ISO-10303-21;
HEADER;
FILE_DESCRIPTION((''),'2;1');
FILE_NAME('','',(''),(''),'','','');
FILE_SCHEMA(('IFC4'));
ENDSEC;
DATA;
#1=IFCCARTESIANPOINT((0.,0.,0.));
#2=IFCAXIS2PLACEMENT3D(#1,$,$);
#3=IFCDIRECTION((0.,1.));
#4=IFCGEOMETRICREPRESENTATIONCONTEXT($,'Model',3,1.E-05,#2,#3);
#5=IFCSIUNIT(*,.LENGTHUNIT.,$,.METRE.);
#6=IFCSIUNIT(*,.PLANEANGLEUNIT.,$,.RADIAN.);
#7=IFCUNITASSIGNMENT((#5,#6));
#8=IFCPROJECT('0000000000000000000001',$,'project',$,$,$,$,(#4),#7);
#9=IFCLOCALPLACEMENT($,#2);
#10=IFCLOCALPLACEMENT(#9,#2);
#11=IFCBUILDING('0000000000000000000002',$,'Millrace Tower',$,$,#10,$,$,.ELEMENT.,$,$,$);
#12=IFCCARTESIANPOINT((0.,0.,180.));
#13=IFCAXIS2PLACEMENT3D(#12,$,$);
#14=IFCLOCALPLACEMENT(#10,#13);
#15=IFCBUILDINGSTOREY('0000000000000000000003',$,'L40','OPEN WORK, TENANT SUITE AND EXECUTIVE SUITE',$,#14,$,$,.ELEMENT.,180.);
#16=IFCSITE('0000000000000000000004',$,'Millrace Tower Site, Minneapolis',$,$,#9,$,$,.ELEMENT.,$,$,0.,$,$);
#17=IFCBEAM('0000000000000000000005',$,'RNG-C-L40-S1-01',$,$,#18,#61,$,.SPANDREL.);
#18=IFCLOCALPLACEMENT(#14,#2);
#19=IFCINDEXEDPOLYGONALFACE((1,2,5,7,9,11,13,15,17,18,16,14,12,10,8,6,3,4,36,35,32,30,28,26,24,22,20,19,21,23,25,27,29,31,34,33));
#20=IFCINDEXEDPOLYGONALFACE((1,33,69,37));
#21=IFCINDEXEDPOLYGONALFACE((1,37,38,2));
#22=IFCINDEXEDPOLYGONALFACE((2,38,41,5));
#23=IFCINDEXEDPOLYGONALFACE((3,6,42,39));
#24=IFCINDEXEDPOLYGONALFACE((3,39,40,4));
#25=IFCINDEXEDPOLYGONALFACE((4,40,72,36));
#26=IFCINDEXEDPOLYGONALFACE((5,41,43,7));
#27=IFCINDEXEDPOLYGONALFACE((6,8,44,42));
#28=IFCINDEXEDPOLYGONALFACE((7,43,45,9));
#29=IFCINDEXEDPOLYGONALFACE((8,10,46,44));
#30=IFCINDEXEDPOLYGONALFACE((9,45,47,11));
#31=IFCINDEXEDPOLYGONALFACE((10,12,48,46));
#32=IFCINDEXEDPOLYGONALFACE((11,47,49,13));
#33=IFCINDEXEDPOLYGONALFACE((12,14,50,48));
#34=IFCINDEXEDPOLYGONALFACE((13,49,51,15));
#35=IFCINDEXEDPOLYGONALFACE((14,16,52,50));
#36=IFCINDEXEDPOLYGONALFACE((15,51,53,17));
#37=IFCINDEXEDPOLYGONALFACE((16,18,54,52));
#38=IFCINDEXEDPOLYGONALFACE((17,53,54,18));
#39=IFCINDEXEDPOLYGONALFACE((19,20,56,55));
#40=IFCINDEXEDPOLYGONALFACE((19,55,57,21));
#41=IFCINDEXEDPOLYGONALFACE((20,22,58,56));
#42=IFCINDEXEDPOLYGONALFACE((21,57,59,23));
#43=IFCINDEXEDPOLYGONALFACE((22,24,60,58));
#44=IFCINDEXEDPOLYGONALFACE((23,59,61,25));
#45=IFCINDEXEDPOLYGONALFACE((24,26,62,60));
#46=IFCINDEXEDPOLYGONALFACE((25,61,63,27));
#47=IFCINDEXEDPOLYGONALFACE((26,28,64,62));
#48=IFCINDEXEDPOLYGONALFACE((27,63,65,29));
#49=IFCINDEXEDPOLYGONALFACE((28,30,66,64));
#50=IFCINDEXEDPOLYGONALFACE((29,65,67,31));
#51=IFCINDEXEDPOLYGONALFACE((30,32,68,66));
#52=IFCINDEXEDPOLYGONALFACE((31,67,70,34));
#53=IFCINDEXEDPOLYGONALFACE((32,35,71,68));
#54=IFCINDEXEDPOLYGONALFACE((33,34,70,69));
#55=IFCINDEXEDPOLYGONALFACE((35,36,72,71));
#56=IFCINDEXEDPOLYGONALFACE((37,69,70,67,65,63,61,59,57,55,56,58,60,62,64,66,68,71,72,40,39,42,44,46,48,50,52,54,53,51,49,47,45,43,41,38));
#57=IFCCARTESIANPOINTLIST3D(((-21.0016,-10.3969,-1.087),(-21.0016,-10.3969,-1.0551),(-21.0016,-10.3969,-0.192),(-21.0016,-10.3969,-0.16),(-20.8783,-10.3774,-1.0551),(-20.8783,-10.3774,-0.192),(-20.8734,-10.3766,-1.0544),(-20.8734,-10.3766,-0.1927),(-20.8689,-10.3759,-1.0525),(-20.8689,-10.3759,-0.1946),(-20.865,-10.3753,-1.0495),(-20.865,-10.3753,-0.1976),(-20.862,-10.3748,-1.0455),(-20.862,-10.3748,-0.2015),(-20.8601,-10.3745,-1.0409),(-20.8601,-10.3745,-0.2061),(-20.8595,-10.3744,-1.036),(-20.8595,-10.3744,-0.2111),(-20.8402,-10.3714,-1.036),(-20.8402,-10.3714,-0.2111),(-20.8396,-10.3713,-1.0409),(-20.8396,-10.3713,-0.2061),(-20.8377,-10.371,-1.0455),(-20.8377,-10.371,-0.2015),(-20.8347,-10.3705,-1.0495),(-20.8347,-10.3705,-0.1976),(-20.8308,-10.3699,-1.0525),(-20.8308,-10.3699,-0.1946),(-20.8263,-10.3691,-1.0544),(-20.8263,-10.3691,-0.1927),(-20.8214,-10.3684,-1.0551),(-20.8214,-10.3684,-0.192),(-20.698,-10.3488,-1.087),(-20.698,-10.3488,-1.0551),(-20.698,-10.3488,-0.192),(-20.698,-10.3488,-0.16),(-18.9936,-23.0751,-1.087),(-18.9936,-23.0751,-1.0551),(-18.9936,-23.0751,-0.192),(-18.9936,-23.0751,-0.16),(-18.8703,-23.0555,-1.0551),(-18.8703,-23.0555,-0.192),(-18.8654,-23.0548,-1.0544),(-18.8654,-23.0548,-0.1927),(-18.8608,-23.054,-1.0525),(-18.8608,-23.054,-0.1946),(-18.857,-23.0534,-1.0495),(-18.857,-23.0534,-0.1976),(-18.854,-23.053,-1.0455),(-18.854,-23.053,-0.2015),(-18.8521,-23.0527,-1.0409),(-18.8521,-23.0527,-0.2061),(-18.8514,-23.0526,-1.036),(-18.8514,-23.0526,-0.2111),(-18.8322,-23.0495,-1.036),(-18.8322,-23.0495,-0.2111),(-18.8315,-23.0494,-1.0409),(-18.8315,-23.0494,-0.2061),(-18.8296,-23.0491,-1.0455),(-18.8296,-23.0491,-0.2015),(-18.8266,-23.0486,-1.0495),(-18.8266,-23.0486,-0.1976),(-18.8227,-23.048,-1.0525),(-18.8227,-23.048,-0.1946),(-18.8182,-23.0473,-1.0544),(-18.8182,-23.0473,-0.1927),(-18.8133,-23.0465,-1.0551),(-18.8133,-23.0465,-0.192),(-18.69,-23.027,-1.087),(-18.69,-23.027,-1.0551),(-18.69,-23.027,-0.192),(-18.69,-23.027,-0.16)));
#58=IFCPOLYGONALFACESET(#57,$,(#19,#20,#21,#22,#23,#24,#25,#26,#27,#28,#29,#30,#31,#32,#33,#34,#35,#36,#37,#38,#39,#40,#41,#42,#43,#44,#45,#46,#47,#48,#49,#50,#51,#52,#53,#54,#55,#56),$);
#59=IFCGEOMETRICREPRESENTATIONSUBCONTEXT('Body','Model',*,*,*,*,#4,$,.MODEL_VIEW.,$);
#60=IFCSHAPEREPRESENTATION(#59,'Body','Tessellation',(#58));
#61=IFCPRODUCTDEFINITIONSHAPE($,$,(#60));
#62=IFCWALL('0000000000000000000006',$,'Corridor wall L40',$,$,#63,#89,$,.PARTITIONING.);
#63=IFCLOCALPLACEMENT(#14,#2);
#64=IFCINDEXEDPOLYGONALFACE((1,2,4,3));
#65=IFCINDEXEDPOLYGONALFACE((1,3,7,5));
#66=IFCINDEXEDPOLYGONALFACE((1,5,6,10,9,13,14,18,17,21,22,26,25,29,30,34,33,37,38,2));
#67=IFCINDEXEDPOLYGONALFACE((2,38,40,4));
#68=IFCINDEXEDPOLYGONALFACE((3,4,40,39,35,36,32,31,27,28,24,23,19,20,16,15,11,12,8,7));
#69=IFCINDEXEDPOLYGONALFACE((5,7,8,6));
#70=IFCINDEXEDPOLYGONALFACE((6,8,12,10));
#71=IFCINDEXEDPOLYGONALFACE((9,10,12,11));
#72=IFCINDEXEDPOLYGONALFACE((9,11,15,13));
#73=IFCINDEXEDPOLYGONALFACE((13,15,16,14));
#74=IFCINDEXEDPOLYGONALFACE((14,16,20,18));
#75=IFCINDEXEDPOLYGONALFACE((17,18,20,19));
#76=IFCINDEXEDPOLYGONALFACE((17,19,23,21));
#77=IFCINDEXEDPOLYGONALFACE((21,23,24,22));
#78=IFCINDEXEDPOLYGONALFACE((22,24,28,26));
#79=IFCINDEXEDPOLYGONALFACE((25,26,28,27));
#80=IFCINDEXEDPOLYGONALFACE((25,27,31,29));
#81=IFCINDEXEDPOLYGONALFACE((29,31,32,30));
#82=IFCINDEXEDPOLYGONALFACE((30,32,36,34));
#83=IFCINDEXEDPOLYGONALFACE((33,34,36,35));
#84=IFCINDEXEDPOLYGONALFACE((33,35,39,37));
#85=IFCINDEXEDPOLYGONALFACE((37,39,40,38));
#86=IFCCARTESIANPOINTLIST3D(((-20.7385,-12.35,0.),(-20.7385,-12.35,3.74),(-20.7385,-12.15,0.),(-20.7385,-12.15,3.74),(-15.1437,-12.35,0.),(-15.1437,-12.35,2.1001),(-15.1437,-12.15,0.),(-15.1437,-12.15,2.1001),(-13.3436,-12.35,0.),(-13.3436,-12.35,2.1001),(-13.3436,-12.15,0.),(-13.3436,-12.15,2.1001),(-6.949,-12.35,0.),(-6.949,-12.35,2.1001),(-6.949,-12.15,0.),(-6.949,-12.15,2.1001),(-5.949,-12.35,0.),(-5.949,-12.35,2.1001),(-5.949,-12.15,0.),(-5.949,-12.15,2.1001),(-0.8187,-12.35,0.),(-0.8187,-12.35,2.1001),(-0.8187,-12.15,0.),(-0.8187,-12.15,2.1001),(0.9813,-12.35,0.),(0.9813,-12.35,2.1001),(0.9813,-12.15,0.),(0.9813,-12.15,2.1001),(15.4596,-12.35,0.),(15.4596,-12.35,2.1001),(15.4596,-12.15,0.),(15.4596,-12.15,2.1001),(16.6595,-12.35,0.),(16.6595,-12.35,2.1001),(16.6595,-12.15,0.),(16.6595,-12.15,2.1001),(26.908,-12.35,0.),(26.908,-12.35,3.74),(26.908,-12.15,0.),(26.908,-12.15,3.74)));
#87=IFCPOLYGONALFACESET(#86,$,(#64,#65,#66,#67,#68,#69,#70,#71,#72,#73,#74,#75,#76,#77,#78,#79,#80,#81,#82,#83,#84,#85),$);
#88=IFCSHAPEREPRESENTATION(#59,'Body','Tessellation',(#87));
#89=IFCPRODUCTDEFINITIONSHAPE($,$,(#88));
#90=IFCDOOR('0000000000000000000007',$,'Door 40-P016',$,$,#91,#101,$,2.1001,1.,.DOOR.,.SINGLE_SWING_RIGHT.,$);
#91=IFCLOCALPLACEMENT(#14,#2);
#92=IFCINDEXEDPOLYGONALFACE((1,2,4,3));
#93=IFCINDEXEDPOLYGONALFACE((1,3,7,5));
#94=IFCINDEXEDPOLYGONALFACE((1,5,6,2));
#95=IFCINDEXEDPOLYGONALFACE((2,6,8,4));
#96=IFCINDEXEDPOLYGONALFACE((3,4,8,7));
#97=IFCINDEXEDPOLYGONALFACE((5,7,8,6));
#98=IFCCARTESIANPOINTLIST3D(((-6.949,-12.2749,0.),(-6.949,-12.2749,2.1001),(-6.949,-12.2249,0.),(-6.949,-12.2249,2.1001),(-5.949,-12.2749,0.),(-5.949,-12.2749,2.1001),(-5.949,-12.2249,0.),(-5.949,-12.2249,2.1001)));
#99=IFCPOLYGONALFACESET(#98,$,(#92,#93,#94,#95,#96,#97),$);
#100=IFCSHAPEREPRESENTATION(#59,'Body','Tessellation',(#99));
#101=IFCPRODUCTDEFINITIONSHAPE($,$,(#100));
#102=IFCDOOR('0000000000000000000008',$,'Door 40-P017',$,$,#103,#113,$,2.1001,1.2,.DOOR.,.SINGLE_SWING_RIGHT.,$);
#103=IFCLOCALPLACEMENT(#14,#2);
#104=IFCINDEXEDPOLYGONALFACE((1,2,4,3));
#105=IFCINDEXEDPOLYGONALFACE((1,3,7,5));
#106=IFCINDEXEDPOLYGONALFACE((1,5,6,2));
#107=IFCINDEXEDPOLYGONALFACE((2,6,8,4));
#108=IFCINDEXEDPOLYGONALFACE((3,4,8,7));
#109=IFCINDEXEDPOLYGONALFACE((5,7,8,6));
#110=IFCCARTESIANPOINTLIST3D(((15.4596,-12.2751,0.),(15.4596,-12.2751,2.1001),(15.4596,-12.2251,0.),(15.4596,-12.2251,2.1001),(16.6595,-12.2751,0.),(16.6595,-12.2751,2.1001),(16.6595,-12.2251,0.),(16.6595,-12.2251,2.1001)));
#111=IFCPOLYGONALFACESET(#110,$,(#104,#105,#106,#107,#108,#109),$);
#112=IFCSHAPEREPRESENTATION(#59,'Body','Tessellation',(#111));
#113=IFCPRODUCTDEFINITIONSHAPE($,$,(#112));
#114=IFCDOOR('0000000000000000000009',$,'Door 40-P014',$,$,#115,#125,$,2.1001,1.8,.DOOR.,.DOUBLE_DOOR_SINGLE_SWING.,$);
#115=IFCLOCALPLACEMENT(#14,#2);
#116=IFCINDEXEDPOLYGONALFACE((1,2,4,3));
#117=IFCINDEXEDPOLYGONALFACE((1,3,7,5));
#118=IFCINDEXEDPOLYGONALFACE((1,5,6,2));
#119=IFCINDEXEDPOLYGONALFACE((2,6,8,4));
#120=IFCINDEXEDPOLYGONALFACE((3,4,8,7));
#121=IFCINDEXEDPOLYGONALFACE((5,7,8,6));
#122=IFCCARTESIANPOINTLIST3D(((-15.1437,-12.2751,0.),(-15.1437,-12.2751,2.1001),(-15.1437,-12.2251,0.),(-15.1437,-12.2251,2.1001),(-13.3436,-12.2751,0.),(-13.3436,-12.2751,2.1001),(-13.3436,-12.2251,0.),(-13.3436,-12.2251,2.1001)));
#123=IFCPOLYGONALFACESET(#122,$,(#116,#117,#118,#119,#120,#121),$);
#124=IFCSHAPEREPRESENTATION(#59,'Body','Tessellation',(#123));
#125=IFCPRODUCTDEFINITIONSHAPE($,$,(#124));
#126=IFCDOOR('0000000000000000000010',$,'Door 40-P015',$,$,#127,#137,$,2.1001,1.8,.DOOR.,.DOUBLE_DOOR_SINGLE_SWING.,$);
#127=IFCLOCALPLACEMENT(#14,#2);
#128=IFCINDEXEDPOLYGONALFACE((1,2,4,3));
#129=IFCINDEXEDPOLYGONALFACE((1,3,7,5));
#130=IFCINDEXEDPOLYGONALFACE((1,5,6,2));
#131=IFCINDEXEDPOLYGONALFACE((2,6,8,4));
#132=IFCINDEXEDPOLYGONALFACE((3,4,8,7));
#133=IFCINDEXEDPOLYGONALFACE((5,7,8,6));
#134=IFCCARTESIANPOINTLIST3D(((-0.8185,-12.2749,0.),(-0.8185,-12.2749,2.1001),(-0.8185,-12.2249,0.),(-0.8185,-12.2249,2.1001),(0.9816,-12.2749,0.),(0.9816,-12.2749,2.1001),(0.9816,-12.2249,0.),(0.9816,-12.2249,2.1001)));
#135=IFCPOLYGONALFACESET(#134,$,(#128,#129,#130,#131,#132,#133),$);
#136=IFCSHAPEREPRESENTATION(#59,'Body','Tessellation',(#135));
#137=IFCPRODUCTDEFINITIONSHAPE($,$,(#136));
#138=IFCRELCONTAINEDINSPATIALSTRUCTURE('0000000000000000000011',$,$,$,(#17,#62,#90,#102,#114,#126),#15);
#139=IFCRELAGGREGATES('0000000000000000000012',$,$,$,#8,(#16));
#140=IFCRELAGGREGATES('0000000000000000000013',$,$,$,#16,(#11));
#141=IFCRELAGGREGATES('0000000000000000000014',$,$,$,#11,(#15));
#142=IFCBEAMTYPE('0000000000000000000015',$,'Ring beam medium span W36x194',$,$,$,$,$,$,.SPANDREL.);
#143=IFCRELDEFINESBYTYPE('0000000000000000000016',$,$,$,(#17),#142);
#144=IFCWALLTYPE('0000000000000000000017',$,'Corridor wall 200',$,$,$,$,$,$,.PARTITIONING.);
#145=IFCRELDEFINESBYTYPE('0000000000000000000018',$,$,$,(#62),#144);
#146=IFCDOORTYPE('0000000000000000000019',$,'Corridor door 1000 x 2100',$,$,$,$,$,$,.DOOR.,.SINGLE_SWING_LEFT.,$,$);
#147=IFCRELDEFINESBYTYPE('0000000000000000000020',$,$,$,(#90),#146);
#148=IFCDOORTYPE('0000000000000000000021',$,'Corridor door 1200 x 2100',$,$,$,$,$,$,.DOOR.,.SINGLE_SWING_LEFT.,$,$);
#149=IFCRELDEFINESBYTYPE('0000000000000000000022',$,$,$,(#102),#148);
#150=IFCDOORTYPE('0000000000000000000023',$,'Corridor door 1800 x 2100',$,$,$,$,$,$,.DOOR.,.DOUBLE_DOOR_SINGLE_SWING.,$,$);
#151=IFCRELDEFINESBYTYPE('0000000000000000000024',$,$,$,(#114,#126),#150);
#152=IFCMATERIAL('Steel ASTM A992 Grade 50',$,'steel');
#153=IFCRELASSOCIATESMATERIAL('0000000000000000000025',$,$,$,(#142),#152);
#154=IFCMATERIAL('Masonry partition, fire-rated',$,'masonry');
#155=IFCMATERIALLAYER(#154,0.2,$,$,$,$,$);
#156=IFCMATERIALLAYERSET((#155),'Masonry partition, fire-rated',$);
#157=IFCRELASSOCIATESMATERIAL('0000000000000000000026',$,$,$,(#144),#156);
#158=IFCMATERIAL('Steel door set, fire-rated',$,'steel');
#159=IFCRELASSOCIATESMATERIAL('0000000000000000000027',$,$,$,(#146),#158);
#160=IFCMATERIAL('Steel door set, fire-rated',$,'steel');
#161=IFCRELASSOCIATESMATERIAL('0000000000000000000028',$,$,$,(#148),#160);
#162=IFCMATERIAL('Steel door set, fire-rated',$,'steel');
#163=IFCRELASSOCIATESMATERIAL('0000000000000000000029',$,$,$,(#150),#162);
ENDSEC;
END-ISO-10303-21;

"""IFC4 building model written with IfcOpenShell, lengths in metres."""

from ifc_helpers import new_model, si_unit, direction, frame, frame_2d, origin, origin_2d, place, context, subcontext, project, spatial, rectangle, i_section, extrude, material, layer, layer_set, material_profile, profile_set, type_object, element, fill, save


model = new_model("IFC4")

# Units and contexts
model_context = context("Model", 3, precision=1e-05, world=origin(), true_north=direction((0.0, 1.0)))
body_context = subcontext(model_context, "Body", "Model", "MODEL_VIEW")
ifc_project = project(units=[si_unit("LENGTHUNIT", "METRE"), si_unit("PLANEANGLEUNIT", "RADIAN")], contexts=[model_context])

# Site, building, storey
site_placement = place(None, origin())
site = spatial("IfcSite", under=ifc_project, at=site_placement, Name="Millrace Tower Site, Minneapolis", CompositionType="ELEMENT", RefElevation=0.0)
building_placement = place(site_placement, origin())
building = spatial("IfcBuilding", under=site, at=building_placement, Name="Millrace Tower", CompositionType="ELEMENT")
storey_placement = place(building_placement, frame((0.0, 0.0, 180.0)))
storey = spatial("IfcBuildingStorey", under=building, at=storey_placement, Name="L40", Description="OPEN WORK, TENANT SUITE AND EXECUTIVE SUITE", CompositionType="ELEMENT", Elevation=180.0)

# Beam
ifc_material_1 = material(Name="Steel ASTM A992 Grade 50", Category="steel")
ifc_material_profile_1 = material_profile(ifc_material_1, i_section(OverallWidth=0.3074, OverallDepth=0.927, WebThickness=0.0195, FlangeThickness=0.032, FilletRadius=0.019, at=origin_2d()))
ifc_profile_set_1 = profile_set([ifc_material_profile_1], Name="Steel ASTM A992 Grade 50")
beam_type_1 = type_object("IfcBeamType", Name="Ring beam medium span W36x194", PredefinedType="SPANDREL", material=ifc_profile_set_1)
beam_1_placement = place(storey_placement, frame((-18.8418, -23.051, -0.6235), z_axis=(-0.156436, 0.987688, 0.0), x_axis=(-0.987688, -0.156436, 0.0)))
element("IfcBeam", 1, at=beam_1_placement, inside=storey, type_object=beam_type_1, Name="RNG-C-L40-S1-01", PredefinedType="SPANDREL", context=body_context, shape_type="SweptSolid", body=[
    extrude(i_section(OverallWidth=0.3074, OverallDepth=0.927, WebThickness=0.0195, FlangeThickness=0.032, FilletRadius=0.019, at=origin_2d()), origin(), (0.0, 0.0, 1.0), 12.8362),
])

# Wall, openings, doors
ifc_material_2 = material(Name="Masonry partition, fire-rated", Category="masonry")
ifc_layer_1 = layer(ifc_material_2, 0.2)
ifc_layer_set_1 = layer_set([ifc_layer_1], Name="Masonry partition, fire-rated")
wall_type = type_object("IfcWallType", Name="Corridor wall 200", PredefinedType="PARTITIONING", material=ifc_layer_set_1)
wall_placement = place(storey_placement, frame((-20.7385, -12.25, 0.0), z_axis=(0.0, 0.0, 1.0), x_axis=(1.0, 0.0, 0.0)))
wall = element("IfcWall", 2, at=wall_placement, inside=storey, type_object=wall_type, Name="Corridor wall L40", PredefinedType="PARTITIONING", context=body_context, shape_type="SweptSolid", body=[
    extrude(rectangle(XDim=47.6465, YDim=0.2, at=frame_2d((23.8232, 0.0))), origin(), (0.0, 0.0, 1.0), 3.74),
])
opening_1_placement = place(wall_placement, frame((5.595, 0.0, 0.0)))
opening_1 = element("IfcOpeningElement", 3, at=opening_1_placement, cuts=wall, PredefinedType="OPENING", context=body_context, shape_type="SweptSolid", body=[
    extrude(rectangle(XDim=1.8, YDim=2.1001, at=frame_2d((0.8999, 1.05))), frame((0.0, 0.1099, 0.0), z_axis=(0.0, -1.0, 0.0), x_axis=(1.0, 0.0, 0.0)), (0.0, 0.0, 1.0), 0.22),
])
opening_2_placement = place(wall_placement, frame((19.9199, 0.0, 0.0)))
opening_2 = element("IfcOpeningElement", 4, at=opening_2_placement, cuts=wall, PredefinedType="OPENING", context=body_context, shape_type="SweptSolid", body=[
    extrude(rectangle(XDim=1.8, YDim=2.1001, at=frame_2d((0.8999, 1.05))), frame((0.0, 0.1099, 0.0), z_axis=(0.0, -1.0, 0.0), x_axis=(1.0, 0.0, 0.0)), (0.0, 0.0, 1.0), 0.22),
])
opening_3_placement = place(wall_placement, frame((13.7896, 0.0, 0.0)))
opening_3 = element("IfcOpeningElement", 5, at=opening_3_placement, cuts=wall, PredefinedType="OPENING", context=body_context, shape_type="SweptSolid", body=[
    extrude(rectangle(XDim=1.0, YDim=2.1001, at=frame_2d((0.5, 1.05))), frame((0.0, 0.1099, 0.0), z_axis=(0.0, -1.0, 0.0), x_axis=(1.0, 0.0, 0.0)), (0.0, 0.0, 1.0), 0.22),
])
opening_4_placement = place(wall_placement, frame((36.198, 0.0, 0.0)))
opening_4 = element("IfcOpeningElement", 6, at=opening_4_placement, cuts=wall, PredefinedType="OPENING", context=body_context, shape_type="SweptSolid", body=[
    extrude(rectangle(XDim=1.2, YDim=2.1001, at=frame_2d((0.6001, 1.05))), frame((0.0, 0.1099, 0.0), z_axis=(0.0, -1.0, 0.0), x_axis=(1.0, 0.0, 0.0)), (0.0, 0.0, 1.0), 0.22),
])
ifc_material_3 = material(Name="Steel door set, fire-rated", Category="steel")
door_type_1 = type_object("IfcDoorType", Name="Corridor door 1000 x 2100", OperationType="SINGLE_SWING_LEFT", PredefinedType="DOOR", material=ifc_material_3)
door_1_placement = place(opening_3_placement, frame((1.0, 0.0, 0.0), z_axis=(0.0, 0.0, 1.0), x_axis=(-1.0, 0.0, 0.0)))
door_1 = element("IfcDoor", 7, at=door_1_placement, inside=storey, type_object=door_type_1, Name="Door 40-P016", OperationType="SINGLE_SWING_RIGHT", OverallHeight=2.1001, OverallWidth=1.0, PredefinedType="DOOR", context=body_context, shape_type="SweptSolid", body=[
    extrude(rectangle(XDim=1.0, YDim=2.1001, at=frame_2d((0.5, 1.05))), frame((0.0, 0.0249, 0.0), z_axis=(0.0, -1.0, 0.0), x_axis=(1.0, 0.0, 0.0)), (0.0, 0.0, 1.0), 0.05),
])
fill(opening_3, door_1)
ifc_material_4 = material(Name="Steel door set, fire-rated", Category="steel")
door_type_2 = type_object("IfcDoorType", Name="Corridor door 1200 x 2100", OperationType="SINGLE_SWING_LEFT", PredefinedType="DOOR", material=ifc_material_4)
door_2_placement = place(opening_4_placement, origin())
door_2 = element("IfcDoor", 8, at=door_2_placement, inside=storey, type_object=door_type_2, Name="Door 40-P017", OperationType="SINGLE_SWING_RIGHT", OverallHeight=2.1001, OverallWidth=1.2, PredefinedType="DOOR", context=body_context, shape_type="SweptSolid", body=[
    extrude(rectangle(XDim=1.2, YDim=2.1001, at=frame_2d((0.6001, 1.05))), frame((0.0, 0.0249, 0.0), z_axis=(0.0, -1.0, 0.0), x_axis=(1.0, 0.0, 0.0)), (0.0, 0.0, 1.0), 0.05),
])
fill(opening_4, door_2)
ifc_material_5 = material(Name="Steel door set, fire-rated", Category="steel")
door_type_3 = type_object("IfcDoorType", Name="Corridor door 1800 x 2100", OperationType="DOUBLE_DOOR_SINGLE_SWING", PredefinedType="DOOR", material=ifc_material_5)
door_3_placement = place(opening_1_placement, origin())
door_3 = element("IfcDoor", 9, at=door_3_placement, inside=storey, type_object=door_type_3, Name="Door 40-P014", OperationType="DOUBLE_DOOR_SINGLE_SWING", OverallHeight=2.1001, OverallWidth=1.8, PredefinedType="DOOR", context=body_context, shape_type="SweptSolid", body=[
    extrude(rectangle(XDim=1.8, YDim=2.1001, at=frame_2d((0.8999, 1.05))), frame((0.0, 0.0249, 0.0), z_axis=(0.0, -1.0, 0.0), x_axis=(1.0, 0.0, 0.0)), (0.0, 0.0, 1.0), 0.05),
])
fill(opening_1, door_3)
door_4_placement = place(opening_2_placement, frame((1.8, 0.0, 0.0), z_axis=(0.0, 0.0, 1.0), x_axis=(-1.0, 0.0, 0.0)))
door_4 = element("IfcDoor", 10, at=door_4_placement, inside=storey, type_object=door_type_3, Name="Door 40-P015", OperationType="DOUBLE_DOOR_SINGLE_SWING", OverallHeight=2.1001, OverallWidth=1.8, PredefinedType="DOOR", context=body_context, shape_type="SweptSolid", body=[
    extrude(rectangle(XDim=1.8, YDim=2.1001, at=frame_2d((0.8999, 1.05))), frame((0.0, 0.0249, 0.0), z_axis=(0.0, -1.0, 0.0), x_axis=(1.0, 0.0, 0.0)), (0.0, 0.0, 1.0), 0.05),
])
fill(opening_2, door_4)

save(model, "model.ifc")
